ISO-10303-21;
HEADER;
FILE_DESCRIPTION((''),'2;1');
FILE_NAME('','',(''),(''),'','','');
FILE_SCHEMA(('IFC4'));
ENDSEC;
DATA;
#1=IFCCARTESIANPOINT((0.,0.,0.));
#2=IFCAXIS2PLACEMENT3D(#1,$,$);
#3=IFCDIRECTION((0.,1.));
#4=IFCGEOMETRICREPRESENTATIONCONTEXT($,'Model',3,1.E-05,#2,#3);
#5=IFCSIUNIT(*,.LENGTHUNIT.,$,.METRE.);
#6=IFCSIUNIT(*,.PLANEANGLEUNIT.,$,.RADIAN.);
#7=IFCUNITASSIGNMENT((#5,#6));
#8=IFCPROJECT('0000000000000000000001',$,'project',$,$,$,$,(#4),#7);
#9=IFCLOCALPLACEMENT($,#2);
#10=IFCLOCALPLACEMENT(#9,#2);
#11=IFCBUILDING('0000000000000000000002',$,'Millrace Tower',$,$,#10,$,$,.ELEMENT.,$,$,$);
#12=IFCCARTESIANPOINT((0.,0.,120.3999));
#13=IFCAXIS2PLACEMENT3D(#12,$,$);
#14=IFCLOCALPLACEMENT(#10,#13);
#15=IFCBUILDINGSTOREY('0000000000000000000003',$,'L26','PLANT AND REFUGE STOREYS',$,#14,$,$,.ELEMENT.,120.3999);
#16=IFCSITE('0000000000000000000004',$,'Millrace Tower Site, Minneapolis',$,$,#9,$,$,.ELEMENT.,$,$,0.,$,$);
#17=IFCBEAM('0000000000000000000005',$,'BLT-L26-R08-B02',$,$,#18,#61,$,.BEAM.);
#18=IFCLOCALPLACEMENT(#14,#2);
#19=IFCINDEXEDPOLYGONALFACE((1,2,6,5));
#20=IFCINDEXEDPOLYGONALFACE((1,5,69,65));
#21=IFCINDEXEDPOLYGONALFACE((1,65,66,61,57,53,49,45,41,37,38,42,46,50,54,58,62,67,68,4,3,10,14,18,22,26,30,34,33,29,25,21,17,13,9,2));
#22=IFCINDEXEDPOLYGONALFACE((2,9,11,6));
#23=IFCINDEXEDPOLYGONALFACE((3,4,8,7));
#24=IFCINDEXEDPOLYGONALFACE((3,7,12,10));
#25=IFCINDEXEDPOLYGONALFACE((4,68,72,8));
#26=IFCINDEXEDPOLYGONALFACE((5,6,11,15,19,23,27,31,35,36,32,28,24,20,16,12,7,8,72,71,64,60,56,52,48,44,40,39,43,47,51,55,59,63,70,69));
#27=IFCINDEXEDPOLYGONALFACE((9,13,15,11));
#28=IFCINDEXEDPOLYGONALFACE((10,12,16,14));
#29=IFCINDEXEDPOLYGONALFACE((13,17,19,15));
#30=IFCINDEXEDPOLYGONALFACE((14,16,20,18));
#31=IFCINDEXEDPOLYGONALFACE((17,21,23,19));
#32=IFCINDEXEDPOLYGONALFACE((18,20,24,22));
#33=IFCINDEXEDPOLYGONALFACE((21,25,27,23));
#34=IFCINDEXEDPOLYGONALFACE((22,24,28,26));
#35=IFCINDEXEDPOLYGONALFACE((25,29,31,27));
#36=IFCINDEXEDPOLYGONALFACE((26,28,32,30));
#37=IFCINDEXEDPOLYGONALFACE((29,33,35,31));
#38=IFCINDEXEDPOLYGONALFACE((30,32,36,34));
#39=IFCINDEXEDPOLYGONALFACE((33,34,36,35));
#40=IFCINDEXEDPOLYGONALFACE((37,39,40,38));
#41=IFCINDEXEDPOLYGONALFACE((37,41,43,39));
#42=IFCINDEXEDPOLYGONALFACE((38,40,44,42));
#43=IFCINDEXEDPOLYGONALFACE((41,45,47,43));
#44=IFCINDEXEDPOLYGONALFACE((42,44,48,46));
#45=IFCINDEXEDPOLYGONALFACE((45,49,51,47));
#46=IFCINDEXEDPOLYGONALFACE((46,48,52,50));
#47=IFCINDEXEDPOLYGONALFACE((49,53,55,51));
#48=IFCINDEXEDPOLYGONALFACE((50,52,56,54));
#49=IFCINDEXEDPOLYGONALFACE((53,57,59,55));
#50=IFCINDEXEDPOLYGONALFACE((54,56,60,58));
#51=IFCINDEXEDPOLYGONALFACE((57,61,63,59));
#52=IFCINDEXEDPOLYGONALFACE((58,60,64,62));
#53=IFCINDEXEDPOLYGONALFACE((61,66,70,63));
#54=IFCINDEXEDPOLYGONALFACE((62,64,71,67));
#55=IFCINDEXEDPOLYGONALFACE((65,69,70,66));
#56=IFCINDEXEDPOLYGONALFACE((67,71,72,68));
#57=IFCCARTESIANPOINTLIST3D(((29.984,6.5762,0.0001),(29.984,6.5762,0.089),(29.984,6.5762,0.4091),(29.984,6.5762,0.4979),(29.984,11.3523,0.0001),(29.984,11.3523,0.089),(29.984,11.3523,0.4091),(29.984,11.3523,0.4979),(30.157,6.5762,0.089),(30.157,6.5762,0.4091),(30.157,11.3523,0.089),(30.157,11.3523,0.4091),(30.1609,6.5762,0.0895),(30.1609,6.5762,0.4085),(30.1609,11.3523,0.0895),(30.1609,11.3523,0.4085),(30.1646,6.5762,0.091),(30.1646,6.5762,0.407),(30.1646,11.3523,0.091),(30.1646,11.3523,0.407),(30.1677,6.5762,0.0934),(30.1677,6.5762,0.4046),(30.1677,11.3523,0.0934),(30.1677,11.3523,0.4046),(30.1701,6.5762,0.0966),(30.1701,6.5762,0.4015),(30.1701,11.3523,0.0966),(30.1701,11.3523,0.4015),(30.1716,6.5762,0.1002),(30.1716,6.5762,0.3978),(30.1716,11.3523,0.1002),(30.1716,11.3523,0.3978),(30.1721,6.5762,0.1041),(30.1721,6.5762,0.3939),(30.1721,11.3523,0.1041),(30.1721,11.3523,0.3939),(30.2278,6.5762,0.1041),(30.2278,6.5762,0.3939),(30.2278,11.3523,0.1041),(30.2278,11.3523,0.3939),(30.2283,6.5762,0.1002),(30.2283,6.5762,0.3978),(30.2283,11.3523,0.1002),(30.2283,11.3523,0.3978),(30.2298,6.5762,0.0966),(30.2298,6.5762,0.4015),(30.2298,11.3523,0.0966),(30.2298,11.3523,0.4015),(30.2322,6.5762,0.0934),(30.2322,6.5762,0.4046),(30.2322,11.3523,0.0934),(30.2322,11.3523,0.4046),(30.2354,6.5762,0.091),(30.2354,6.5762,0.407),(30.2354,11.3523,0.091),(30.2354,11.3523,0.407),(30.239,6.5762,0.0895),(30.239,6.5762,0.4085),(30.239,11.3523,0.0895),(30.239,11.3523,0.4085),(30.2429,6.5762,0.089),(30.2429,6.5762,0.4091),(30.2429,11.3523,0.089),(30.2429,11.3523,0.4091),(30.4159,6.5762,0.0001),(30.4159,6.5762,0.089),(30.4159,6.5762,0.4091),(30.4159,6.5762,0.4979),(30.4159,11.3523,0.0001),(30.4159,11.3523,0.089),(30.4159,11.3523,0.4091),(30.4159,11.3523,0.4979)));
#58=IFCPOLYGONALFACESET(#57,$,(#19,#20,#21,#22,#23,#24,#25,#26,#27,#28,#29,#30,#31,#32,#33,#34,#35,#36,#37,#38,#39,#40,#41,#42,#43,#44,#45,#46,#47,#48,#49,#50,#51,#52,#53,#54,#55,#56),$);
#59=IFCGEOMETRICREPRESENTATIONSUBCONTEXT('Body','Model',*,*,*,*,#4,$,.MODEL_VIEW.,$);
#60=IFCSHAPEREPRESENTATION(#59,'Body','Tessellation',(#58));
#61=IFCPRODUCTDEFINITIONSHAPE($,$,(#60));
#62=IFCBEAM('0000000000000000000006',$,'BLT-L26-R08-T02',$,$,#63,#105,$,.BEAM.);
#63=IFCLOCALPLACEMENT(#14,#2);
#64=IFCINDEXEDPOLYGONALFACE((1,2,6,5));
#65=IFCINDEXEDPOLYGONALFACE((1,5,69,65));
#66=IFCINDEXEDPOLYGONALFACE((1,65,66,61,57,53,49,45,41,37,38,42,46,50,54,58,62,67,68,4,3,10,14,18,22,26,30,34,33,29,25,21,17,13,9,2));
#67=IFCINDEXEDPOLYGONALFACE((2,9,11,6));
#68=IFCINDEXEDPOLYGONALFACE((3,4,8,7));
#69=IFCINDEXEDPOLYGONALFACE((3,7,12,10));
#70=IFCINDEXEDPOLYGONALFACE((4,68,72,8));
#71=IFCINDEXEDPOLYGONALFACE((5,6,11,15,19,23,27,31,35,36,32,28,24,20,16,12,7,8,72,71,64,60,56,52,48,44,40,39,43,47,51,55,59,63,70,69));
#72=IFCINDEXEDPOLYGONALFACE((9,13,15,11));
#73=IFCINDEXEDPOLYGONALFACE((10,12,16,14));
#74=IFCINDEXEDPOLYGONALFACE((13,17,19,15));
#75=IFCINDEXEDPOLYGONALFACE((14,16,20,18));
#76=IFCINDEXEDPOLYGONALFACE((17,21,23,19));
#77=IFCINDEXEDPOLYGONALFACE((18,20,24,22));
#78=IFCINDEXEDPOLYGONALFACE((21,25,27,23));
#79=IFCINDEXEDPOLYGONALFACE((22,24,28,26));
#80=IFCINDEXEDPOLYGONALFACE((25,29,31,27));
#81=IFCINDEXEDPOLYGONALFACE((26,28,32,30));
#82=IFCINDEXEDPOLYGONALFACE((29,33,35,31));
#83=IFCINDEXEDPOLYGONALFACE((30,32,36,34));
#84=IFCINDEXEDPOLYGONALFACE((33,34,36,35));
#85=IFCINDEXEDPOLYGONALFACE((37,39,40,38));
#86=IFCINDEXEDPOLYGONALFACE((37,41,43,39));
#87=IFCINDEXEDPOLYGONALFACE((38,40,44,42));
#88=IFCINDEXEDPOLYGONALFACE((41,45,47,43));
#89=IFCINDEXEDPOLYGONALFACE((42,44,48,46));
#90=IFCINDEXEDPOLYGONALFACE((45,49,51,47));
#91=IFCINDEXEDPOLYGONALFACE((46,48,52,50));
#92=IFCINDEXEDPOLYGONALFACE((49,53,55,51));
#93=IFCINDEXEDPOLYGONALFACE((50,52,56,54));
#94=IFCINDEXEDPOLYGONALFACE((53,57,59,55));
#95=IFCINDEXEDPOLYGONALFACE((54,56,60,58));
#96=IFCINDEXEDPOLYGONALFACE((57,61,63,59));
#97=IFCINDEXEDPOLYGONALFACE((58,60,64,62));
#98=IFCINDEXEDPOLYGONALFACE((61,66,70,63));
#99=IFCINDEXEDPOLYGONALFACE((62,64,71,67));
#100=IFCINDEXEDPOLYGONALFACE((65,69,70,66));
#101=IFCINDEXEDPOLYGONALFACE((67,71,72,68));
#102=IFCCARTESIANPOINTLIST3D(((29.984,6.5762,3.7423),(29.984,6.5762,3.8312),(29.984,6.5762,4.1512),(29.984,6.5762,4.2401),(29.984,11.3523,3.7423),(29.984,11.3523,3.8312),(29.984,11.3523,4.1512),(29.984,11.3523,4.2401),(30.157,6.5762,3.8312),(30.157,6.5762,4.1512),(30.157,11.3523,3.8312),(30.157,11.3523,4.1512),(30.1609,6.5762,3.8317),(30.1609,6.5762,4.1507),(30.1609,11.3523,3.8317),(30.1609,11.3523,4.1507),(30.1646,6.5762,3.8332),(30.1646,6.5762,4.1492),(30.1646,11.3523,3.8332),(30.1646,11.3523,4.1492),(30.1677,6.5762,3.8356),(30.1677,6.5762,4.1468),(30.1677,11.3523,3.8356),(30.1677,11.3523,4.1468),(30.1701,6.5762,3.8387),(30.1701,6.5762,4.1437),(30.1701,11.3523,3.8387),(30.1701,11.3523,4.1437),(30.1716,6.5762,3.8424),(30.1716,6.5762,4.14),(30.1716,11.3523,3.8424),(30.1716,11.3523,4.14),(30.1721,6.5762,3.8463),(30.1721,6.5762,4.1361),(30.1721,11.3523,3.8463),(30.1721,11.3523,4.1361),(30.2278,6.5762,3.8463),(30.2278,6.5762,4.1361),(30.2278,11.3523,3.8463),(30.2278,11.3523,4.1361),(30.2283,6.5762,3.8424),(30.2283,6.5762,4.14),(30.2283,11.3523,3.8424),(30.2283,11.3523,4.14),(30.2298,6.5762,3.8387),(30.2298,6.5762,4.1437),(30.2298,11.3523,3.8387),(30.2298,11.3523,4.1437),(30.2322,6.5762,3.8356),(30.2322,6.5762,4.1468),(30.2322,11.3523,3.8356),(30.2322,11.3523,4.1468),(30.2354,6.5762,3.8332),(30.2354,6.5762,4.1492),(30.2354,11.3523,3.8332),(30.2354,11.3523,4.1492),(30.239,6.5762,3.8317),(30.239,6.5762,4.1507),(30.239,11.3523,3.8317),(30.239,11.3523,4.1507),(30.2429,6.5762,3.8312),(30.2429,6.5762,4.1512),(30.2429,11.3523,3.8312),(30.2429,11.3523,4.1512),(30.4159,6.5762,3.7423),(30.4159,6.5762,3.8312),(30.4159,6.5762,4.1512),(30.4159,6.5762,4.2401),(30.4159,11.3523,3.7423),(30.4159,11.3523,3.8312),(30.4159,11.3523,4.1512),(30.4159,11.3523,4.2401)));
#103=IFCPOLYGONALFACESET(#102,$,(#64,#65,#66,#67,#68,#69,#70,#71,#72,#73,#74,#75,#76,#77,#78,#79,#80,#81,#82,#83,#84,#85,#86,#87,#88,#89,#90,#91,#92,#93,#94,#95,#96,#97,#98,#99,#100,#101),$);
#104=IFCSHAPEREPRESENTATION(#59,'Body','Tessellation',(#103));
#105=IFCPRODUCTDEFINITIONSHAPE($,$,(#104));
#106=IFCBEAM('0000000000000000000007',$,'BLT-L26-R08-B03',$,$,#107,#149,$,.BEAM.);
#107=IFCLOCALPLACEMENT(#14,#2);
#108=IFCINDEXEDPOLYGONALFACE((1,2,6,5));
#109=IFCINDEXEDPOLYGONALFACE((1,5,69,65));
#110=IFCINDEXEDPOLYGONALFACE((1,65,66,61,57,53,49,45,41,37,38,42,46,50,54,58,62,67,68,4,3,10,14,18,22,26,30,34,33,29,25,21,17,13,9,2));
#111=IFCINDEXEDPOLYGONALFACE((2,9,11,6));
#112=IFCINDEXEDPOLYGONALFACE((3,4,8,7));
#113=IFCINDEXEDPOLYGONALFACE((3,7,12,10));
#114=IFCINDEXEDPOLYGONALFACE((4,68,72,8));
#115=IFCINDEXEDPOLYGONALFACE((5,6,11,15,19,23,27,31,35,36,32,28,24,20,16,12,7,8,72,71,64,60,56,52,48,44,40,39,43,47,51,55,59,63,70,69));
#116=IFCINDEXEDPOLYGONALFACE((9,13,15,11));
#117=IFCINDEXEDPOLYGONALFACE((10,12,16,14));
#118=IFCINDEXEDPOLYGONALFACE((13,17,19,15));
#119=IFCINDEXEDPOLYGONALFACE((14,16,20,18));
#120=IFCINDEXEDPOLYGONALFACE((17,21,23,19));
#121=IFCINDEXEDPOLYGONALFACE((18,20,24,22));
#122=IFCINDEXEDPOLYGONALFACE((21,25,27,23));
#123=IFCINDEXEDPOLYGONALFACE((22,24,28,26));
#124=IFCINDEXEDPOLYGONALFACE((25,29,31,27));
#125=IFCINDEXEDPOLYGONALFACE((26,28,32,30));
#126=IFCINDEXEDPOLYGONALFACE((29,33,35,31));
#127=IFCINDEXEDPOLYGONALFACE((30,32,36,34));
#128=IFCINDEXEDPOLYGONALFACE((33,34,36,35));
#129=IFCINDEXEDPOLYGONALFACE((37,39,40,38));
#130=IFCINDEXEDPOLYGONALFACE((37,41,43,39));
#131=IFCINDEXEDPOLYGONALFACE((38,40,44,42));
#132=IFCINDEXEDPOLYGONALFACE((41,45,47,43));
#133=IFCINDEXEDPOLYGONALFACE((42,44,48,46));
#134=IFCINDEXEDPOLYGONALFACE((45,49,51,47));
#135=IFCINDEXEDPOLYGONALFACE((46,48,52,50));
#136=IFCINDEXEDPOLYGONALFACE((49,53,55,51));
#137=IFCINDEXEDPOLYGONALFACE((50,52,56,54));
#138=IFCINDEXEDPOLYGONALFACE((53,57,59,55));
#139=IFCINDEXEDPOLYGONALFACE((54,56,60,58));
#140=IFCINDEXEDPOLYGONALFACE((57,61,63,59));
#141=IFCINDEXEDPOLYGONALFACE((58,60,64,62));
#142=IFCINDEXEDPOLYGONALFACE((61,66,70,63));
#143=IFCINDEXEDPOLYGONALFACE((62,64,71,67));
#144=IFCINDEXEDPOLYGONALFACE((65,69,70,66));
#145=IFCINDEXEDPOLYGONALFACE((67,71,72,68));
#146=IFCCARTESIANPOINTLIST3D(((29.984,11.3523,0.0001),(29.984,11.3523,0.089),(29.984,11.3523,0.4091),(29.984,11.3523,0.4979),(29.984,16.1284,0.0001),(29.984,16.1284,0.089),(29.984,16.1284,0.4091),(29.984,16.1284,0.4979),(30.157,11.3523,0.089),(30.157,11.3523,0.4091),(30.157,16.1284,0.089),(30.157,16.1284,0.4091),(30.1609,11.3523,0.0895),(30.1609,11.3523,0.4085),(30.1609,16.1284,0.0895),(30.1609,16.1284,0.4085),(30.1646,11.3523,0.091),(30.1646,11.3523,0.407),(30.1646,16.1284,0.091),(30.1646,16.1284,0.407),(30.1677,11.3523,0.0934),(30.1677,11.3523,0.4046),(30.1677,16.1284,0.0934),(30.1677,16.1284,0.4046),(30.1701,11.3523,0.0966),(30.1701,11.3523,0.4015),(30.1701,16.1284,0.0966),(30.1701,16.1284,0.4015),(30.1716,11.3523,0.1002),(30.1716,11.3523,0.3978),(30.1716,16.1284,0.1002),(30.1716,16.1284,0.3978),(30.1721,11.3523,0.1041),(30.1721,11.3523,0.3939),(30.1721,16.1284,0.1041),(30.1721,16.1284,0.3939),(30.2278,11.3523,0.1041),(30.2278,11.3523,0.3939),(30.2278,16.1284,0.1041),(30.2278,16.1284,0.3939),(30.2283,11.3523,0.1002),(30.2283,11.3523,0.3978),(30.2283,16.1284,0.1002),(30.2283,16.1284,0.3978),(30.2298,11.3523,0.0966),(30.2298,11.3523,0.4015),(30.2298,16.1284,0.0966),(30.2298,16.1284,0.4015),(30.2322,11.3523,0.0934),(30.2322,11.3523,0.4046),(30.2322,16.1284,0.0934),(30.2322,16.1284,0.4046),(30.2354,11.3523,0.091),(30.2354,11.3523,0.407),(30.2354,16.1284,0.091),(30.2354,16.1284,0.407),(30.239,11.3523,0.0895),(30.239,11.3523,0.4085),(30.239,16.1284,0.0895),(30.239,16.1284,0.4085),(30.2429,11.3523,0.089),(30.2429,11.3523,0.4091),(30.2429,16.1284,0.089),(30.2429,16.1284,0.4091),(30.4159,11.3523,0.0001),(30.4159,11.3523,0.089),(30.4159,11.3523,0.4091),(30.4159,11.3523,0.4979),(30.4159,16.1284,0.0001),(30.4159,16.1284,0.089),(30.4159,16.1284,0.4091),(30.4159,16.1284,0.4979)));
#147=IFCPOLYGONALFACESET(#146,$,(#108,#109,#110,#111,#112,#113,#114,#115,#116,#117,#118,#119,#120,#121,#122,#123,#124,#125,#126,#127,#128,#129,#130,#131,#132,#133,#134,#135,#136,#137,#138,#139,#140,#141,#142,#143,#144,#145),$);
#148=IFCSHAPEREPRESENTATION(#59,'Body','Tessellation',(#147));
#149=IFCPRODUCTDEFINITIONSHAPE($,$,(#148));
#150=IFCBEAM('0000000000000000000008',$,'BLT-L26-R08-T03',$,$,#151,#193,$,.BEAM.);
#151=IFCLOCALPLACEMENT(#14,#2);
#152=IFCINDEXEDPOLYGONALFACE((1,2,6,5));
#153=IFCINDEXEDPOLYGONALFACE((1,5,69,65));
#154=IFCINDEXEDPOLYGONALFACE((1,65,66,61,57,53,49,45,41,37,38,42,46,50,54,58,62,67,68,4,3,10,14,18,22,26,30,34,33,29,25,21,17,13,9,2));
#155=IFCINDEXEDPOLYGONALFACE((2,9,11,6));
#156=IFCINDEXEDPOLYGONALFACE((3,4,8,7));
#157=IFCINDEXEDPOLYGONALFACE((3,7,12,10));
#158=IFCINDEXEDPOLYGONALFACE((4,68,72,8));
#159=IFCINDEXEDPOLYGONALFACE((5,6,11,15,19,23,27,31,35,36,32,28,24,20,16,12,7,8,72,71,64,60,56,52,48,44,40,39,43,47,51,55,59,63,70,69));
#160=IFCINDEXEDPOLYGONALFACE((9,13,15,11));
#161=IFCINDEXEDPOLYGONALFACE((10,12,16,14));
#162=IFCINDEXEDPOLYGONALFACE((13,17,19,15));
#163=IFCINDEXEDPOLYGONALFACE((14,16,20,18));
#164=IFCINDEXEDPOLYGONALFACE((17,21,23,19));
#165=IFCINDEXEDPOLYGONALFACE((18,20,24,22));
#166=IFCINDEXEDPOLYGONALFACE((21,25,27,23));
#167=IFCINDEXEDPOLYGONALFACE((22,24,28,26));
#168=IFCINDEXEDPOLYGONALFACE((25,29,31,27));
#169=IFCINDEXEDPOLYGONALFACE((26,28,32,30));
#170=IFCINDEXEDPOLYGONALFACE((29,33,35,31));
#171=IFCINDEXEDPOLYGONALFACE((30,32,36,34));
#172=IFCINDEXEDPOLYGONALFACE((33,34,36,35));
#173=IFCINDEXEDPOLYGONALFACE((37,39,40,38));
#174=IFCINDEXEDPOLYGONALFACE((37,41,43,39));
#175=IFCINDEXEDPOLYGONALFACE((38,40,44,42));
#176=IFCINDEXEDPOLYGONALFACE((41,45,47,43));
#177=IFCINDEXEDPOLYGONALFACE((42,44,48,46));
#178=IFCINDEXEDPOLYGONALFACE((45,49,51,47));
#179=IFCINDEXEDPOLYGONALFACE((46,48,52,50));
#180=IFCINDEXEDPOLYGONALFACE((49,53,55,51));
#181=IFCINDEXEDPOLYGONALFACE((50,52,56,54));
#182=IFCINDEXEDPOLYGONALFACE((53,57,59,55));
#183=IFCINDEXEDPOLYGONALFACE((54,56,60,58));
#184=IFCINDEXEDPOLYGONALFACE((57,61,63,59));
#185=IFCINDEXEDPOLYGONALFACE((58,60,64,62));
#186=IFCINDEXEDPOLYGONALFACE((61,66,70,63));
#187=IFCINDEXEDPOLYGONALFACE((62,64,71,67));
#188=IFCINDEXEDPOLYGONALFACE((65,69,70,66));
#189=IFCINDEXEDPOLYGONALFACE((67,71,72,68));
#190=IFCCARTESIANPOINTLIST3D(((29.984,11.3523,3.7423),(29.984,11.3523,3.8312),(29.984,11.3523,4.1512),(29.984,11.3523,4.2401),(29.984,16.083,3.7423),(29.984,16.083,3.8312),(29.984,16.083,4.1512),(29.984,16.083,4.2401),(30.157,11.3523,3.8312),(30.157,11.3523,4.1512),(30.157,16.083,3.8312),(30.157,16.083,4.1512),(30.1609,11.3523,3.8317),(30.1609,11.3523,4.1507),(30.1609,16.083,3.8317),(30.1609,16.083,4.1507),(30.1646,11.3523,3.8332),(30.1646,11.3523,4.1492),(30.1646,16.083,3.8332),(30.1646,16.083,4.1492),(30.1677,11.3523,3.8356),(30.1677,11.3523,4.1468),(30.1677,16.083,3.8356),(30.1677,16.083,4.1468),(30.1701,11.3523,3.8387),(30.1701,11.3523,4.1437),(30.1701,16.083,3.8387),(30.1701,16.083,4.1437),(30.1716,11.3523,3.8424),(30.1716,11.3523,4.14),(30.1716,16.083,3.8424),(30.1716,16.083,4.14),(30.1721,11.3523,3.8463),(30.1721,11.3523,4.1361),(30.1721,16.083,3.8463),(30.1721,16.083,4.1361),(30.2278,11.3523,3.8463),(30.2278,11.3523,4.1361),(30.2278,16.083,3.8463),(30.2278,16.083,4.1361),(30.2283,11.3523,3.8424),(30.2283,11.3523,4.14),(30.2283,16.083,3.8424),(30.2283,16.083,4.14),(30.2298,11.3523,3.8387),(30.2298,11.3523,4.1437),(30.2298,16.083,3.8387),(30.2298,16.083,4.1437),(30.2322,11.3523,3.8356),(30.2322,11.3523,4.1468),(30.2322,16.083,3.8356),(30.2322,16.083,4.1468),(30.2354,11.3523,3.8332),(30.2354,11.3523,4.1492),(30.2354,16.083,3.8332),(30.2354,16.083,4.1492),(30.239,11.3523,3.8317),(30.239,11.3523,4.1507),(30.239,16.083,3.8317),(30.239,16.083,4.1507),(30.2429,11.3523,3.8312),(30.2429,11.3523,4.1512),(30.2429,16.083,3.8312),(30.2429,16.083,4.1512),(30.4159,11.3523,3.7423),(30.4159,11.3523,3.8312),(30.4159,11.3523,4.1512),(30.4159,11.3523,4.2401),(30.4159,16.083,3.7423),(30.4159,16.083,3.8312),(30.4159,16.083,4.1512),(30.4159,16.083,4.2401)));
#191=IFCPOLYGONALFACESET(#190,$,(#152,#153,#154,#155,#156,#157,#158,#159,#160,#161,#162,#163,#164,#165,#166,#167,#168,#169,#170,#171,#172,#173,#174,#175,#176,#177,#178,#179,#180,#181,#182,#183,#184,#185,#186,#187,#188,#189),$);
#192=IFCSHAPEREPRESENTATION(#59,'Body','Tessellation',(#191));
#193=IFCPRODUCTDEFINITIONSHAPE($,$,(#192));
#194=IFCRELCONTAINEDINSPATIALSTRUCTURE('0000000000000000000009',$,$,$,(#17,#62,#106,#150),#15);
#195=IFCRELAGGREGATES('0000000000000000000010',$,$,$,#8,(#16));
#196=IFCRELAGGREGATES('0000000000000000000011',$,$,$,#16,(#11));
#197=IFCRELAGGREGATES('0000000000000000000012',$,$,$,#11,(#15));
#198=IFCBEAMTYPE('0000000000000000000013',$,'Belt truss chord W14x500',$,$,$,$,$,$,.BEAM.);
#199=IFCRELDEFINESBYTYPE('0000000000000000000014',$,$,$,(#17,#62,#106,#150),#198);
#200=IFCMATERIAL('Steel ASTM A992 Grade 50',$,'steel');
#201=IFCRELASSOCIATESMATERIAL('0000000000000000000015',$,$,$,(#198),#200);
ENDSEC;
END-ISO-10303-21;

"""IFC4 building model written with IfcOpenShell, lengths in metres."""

from ifc_helpers import new_model, si_unit, direction, frame, origin, origin_2d, place, context, subcontext, project, spatial, i_section, extrude, material, material_profile, profile_set, type_object, element, save


model = new_model("IFC4")

# Units and contexts
model_context = context("Model", 3, precision=1e-05, world=origin(), true_north=direction((0.0, 1.0)))
body_context = subcontext(model_context, "Body", "Model", "MODEL_VIEW")
ifc_project = project(units=[si_unit("LENGTHUNIT", "METRE"), si_unit("PLANEANGLEUNIT", "RADIAN")], contexts=[model_context])

# Site, building, storey
site_placement = place(None, origin())
site = spatial("IfcSite", under=ifc_project, at=site_placement, Name="Millrace Tower Site, Minneapolis", CompositionType="ELEMENT", RefElevation=0.0)
building_placement = place(site_placement, origin())
building = spatial("IfcBuilding", under=site, at=building_placement, Name="Millrace Tower", CompositionType="ELEMENT")
storey_placement = place(building_placement, frame((0.0, 0.0, 120.3999)))
storey = spatial("IfcBuildingStorey", under=building, at=storey_placement, Name="L26", Description="PLANT AND REFUGE STOREYS", CompositionType="ELEMENT", Elevation=120.3999)

# Beams
ifc_material_1 = material(Name="Steel ASTM A992 Grade 50", Category="steel")
ifc_material_profile_1 = material_profile(ifc_material_1, i_section(OverallWidth=0.4319, OverallDepth=0.4978, WebThickness=0.0557, FlangeThickness=0.0889, FilletRadius=0.0151, at=origin_2d()))
ifc_profile_set_1 = profile_set([ifc_material_profile_1], Name="Steel ASTM A992 Grade 50")
beam_type_1 = type_object("IfcBeamType", Name="Belt truss chord W14x500", PredefinedType="BEAM", material=ifc_profile_set_1)
for number, where, z_axis, x_axis, name in (
    (1, (30.2, 6.5762, 0.249), (0.0, 1.0, 0.0), (-1.0, 0.0, 0.0), "BLT-L26-R08-B02"),
    (2, (30.2, 6.5762, 3.9912), (0.0, 1.0, 0.0), (-1.0, 0.0, 0.0), "BLT-L26-R08-T02"),
    (3, (30.2, 11.3523, 0.249), (0.0, 1.0, 0.0), (-1.0, 0.0, 0.0), "BLT-L26-R08-B03"),
):
    element("IfcBeam", number, at=place(storey_placement, frame(where, z_axis=z_axis, x_axis=x_axis)), inside=storey, type_object=beam_type_1, Name=name, PredefinedType="BEAM", context=body_context, shape_type="SweptSolid", body=[
        extrude(i_section(OverallWidth=0.4319, OverallDepth=0.4978, WebThickness=0.0557, FlangeThickness=0.0889, FilletRadius=0.0151, at=origin_2d()), origin(), (0.0, 0.0, 1.0), 4.7761),
    ])
beam_1_placement = place(storey_placement, frame((30.2, 11.3523, 3.9912), z_axis=(0.0, 1.0, 0.0), x_axis=(-1.0, 0.0, 0.0)))
element("IfcBeam", 4, at=beam_1_placement, inside=storey, type_object=beam_type_1, Name="BLT-L26-R08-T03", PredefinedType="BEAM", context=body_context, shape_type="SweptSolid", body=[
    extrude(i_section(OverallWidth=0.4319, OverallDepth=0.4978, WebThickness=0.0557, FlangeThickness=0.0889, FilletRadius=0.0151, at=origin_2d()), origin(), (0.0, 0.0, 1.0), 4.7307),
])

save(model, "model.ifc")
